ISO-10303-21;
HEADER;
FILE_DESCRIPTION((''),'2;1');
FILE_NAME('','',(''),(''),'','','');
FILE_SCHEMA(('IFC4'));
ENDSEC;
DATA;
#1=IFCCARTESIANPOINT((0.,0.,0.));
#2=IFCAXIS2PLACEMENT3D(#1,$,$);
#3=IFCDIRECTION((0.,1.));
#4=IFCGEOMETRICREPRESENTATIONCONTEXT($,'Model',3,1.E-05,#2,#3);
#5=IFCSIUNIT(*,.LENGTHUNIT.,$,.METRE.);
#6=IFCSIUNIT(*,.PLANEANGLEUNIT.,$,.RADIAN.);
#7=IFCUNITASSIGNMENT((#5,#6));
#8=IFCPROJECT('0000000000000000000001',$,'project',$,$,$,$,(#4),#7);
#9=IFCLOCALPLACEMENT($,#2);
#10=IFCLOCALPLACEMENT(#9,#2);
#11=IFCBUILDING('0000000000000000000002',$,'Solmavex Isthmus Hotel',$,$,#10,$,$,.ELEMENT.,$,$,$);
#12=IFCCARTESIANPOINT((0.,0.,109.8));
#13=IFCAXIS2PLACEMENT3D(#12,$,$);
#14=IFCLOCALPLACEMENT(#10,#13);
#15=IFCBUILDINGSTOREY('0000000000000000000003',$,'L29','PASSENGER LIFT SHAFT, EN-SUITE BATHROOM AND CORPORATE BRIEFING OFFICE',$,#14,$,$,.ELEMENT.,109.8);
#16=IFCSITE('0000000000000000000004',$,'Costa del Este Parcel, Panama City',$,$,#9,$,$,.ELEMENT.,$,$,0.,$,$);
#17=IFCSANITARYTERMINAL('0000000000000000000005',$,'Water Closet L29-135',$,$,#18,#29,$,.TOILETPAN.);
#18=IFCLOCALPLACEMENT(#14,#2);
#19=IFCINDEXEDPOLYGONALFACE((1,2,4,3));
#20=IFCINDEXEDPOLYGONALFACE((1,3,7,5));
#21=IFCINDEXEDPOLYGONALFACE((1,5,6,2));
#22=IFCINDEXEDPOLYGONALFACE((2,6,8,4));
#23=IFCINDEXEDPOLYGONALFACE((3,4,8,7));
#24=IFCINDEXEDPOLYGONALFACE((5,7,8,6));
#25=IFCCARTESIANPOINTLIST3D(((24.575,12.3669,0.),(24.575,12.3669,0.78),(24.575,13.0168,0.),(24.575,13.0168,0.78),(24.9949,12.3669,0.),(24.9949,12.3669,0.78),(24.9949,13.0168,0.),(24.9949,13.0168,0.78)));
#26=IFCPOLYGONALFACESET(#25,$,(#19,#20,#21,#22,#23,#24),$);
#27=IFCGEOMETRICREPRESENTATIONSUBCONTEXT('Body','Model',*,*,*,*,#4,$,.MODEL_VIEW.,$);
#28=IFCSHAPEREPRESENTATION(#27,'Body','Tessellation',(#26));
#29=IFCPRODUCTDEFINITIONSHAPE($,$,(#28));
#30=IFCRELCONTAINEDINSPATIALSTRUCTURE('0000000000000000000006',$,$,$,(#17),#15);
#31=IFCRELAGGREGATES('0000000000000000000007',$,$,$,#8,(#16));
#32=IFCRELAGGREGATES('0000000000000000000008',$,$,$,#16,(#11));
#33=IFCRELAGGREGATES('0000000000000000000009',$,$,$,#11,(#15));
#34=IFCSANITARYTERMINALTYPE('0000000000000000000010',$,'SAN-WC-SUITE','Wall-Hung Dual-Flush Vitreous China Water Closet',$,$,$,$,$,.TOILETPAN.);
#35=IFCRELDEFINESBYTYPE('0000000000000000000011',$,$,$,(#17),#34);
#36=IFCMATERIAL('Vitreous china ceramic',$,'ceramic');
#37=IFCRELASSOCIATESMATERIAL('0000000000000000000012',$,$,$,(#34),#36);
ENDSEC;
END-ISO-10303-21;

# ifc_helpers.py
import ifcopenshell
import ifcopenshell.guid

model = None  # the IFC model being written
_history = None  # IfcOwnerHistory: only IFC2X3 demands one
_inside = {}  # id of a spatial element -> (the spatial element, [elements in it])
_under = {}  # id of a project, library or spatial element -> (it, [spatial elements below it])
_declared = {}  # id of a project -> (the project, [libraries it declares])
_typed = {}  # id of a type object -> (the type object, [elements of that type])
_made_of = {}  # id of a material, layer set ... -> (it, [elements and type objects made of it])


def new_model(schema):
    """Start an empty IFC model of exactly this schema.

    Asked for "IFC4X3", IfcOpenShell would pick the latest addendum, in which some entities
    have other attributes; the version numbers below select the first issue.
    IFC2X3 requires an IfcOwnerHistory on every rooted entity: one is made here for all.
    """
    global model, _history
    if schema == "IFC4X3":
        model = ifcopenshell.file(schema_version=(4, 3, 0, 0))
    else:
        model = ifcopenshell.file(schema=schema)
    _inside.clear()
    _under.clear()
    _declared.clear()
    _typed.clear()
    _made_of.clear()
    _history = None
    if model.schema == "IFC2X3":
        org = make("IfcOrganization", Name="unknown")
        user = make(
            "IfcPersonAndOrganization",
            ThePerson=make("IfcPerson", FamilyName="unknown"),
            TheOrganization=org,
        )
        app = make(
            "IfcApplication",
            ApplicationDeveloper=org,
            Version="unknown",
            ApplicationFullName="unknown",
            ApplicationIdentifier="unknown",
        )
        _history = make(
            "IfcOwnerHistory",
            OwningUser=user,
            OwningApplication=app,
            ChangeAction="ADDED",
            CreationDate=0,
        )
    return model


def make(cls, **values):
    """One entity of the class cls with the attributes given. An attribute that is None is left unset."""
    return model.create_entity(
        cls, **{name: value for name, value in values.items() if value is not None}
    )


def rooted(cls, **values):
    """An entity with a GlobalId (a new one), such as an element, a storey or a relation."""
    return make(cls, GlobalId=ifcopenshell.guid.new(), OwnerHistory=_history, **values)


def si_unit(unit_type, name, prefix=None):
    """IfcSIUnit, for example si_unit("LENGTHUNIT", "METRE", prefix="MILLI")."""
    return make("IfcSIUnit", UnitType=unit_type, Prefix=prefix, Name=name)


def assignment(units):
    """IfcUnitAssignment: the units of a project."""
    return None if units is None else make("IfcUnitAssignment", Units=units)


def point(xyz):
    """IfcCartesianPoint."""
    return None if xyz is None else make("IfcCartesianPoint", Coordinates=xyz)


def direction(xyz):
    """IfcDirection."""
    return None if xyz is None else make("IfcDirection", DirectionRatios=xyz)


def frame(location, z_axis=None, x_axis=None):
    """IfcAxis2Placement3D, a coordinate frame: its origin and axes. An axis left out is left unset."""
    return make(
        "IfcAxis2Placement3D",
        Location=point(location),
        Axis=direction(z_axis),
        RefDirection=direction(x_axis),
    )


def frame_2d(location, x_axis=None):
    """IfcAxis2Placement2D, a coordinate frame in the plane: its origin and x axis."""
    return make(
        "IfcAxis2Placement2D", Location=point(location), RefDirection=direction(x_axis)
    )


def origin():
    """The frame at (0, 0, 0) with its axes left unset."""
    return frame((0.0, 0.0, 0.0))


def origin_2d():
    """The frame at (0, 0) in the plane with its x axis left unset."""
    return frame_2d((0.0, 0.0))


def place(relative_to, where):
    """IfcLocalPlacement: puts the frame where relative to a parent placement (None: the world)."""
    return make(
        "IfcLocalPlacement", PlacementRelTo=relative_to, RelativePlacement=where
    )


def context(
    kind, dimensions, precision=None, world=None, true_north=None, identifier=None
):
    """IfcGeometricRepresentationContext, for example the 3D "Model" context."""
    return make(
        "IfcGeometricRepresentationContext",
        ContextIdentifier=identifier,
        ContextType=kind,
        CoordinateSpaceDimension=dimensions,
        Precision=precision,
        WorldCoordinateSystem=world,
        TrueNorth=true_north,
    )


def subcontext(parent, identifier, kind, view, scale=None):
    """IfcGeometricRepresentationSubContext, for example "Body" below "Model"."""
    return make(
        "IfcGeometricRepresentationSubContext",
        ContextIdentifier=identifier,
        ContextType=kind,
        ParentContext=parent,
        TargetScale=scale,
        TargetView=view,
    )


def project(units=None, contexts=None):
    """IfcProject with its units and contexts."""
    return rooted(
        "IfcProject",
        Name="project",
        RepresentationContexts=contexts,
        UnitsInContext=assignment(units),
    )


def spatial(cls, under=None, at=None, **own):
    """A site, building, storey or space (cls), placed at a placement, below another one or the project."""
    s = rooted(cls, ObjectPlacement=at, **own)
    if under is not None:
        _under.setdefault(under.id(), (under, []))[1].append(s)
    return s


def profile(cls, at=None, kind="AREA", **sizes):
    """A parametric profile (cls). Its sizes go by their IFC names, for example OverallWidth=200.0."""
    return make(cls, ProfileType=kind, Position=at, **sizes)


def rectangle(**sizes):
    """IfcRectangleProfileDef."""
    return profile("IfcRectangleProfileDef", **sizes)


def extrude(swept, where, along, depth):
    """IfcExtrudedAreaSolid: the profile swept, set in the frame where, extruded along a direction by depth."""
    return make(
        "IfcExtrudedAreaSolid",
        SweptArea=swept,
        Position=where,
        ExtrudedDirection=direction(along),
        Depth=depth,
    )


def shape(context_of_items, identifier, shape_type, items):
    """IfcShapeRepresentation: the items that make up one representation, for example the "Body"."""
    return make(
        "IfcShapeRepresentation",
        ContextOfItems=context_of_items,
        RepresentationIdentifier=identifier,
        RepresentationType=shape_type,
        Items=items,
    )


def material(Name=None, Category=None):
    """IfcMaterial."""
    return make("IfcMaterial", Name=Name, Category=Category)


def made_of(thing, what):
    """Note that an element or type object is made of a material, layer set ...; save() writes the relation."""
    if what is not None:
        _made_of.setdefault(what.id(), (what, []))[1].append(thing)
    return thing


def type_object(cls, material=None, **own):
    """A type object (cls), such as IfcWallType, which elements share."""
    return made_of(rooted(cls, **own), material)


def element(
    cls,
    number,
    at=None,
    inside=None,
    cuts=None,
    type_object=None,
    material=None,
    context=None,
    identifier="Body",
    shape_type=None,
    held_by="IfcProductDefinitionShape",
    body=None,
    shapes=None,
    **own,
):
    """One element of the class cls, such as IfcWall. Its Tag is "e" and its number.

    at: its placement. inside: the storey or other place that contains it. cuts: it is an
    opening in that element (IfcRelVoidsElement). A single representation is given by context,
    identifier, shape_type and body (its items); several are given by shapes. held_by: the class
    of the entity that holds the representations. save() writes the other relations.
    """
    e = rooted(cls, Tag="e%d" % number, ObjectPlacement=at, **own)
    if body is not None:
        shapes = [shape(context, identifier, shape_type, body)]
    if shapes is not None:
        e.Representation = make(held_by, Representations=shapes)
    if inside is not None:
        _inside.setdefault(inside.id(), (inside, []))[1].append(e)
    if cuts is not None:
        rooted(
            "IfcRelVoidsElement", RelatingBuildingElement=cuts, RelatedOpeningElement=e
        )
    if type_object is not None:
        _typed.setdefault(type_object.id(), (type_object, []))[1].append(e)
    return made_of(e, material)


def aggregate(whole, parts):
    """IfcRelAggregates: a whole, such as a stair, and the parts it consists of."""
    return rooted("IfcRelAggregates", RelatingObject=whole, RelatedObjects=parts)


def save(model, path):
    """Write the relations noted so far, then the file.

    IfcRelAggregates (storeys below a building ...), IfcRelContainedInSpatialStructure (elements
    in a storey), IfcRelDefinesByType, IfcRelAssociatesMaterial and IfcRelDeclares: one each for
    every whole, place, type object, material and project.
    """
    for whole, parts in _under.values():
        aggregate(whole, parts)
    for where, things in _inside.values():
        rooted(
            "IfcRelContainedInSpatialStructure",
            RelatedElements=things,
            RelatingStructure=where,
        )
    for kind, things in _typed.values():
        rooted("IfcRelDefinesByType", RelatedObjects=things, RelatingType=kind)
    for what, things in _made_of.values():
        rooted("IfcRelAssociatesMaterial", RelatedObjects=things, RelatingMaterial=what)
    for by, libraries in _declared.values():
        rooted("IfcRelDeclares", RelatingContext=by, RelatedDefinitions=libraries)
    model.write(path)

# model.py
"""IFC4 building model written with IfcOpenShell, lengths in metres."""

from ifc_helpers import new_model, si_unit, direction, frame, origin, origin_2d, place, context, subcontext, project, spatial, rectangle, extrude, material, type_object, element, save


model = new_model("IFC4")

# Units and contexts
model_context = context("Model", 3, precision=1e-05, world=origin(), true_north=direction((0.0, 1.0)))
body_context = subcontext(model_context, "Body", "Model", "MODEL_VIEW")
ifc_project = project(units=[si_unit("LENGTHUNIT", "METRE"), si_unit("PLANEANGLEUNIT", "RADIAN")], contexts=[model_context])

# Site, building, storey
site_placement = place(None, origin())
site = spatial("IfcSite", under=ifc_project, at=site_placement, Name="Costa del Este Parcel, Panama City", CompositionType="ELEMENT", RefElevation=0.0)
building_placement = place(site_placement, origin())
building = spatial("IfcBuilding", under=site, at=building_placement, Name="Solmavex Isthmus Hotel", CompositionType="ELEMENT")
storey_placement = place(building_placement, frame((0.0, 0.0, 109.8)))
storey = spatial("IfcBuildingStorey", under=building, at=storey_placement, Name="L29", Description="PASSENGER LIFT SHAFT, EN-SUITE BATHROOM AND CORPORATE BRIEFING OFFICE", CompositionType="ELEMENT", Elevation=109.8)

# Sanitary terminal
ifc_material_1 = material(Name="Vitreous china ceramic", Category="ceramic")
sanitary_terminal_type_1 = type_object("IfcSanitaryTerminalType", Name="SAN-WC-SUITE", Description="Wall-Hung Dual-Flush Vitreous China Water Closet", PredefinedType="TOILETPAN", material=ifc_material_1)
sanitary_terminal_1_placement = place(storey_placement, frame((24.7849, 12.6919, 0.0), z_axis=(0.0, 0.0, 1.0), x_axis=(1.0, 0.0, 0.0)))
element("IfcSanitaryTerminal", 1, at=sanitary_terminal_1_placement, inside=storey, type_object=sanitary_terminal_type_1, Name="Water Closet L29-135", PredefinedType="TOILETPAN", context=body_context, shape_type="SweptSolid", body=[
    extrude(rectangle(XDim=0.4199, YDim=0.6499, at=origin_2d()), origin(), (0.0, 0.0, 1.0), 0.78),
])

save(model, "model.ifc")
